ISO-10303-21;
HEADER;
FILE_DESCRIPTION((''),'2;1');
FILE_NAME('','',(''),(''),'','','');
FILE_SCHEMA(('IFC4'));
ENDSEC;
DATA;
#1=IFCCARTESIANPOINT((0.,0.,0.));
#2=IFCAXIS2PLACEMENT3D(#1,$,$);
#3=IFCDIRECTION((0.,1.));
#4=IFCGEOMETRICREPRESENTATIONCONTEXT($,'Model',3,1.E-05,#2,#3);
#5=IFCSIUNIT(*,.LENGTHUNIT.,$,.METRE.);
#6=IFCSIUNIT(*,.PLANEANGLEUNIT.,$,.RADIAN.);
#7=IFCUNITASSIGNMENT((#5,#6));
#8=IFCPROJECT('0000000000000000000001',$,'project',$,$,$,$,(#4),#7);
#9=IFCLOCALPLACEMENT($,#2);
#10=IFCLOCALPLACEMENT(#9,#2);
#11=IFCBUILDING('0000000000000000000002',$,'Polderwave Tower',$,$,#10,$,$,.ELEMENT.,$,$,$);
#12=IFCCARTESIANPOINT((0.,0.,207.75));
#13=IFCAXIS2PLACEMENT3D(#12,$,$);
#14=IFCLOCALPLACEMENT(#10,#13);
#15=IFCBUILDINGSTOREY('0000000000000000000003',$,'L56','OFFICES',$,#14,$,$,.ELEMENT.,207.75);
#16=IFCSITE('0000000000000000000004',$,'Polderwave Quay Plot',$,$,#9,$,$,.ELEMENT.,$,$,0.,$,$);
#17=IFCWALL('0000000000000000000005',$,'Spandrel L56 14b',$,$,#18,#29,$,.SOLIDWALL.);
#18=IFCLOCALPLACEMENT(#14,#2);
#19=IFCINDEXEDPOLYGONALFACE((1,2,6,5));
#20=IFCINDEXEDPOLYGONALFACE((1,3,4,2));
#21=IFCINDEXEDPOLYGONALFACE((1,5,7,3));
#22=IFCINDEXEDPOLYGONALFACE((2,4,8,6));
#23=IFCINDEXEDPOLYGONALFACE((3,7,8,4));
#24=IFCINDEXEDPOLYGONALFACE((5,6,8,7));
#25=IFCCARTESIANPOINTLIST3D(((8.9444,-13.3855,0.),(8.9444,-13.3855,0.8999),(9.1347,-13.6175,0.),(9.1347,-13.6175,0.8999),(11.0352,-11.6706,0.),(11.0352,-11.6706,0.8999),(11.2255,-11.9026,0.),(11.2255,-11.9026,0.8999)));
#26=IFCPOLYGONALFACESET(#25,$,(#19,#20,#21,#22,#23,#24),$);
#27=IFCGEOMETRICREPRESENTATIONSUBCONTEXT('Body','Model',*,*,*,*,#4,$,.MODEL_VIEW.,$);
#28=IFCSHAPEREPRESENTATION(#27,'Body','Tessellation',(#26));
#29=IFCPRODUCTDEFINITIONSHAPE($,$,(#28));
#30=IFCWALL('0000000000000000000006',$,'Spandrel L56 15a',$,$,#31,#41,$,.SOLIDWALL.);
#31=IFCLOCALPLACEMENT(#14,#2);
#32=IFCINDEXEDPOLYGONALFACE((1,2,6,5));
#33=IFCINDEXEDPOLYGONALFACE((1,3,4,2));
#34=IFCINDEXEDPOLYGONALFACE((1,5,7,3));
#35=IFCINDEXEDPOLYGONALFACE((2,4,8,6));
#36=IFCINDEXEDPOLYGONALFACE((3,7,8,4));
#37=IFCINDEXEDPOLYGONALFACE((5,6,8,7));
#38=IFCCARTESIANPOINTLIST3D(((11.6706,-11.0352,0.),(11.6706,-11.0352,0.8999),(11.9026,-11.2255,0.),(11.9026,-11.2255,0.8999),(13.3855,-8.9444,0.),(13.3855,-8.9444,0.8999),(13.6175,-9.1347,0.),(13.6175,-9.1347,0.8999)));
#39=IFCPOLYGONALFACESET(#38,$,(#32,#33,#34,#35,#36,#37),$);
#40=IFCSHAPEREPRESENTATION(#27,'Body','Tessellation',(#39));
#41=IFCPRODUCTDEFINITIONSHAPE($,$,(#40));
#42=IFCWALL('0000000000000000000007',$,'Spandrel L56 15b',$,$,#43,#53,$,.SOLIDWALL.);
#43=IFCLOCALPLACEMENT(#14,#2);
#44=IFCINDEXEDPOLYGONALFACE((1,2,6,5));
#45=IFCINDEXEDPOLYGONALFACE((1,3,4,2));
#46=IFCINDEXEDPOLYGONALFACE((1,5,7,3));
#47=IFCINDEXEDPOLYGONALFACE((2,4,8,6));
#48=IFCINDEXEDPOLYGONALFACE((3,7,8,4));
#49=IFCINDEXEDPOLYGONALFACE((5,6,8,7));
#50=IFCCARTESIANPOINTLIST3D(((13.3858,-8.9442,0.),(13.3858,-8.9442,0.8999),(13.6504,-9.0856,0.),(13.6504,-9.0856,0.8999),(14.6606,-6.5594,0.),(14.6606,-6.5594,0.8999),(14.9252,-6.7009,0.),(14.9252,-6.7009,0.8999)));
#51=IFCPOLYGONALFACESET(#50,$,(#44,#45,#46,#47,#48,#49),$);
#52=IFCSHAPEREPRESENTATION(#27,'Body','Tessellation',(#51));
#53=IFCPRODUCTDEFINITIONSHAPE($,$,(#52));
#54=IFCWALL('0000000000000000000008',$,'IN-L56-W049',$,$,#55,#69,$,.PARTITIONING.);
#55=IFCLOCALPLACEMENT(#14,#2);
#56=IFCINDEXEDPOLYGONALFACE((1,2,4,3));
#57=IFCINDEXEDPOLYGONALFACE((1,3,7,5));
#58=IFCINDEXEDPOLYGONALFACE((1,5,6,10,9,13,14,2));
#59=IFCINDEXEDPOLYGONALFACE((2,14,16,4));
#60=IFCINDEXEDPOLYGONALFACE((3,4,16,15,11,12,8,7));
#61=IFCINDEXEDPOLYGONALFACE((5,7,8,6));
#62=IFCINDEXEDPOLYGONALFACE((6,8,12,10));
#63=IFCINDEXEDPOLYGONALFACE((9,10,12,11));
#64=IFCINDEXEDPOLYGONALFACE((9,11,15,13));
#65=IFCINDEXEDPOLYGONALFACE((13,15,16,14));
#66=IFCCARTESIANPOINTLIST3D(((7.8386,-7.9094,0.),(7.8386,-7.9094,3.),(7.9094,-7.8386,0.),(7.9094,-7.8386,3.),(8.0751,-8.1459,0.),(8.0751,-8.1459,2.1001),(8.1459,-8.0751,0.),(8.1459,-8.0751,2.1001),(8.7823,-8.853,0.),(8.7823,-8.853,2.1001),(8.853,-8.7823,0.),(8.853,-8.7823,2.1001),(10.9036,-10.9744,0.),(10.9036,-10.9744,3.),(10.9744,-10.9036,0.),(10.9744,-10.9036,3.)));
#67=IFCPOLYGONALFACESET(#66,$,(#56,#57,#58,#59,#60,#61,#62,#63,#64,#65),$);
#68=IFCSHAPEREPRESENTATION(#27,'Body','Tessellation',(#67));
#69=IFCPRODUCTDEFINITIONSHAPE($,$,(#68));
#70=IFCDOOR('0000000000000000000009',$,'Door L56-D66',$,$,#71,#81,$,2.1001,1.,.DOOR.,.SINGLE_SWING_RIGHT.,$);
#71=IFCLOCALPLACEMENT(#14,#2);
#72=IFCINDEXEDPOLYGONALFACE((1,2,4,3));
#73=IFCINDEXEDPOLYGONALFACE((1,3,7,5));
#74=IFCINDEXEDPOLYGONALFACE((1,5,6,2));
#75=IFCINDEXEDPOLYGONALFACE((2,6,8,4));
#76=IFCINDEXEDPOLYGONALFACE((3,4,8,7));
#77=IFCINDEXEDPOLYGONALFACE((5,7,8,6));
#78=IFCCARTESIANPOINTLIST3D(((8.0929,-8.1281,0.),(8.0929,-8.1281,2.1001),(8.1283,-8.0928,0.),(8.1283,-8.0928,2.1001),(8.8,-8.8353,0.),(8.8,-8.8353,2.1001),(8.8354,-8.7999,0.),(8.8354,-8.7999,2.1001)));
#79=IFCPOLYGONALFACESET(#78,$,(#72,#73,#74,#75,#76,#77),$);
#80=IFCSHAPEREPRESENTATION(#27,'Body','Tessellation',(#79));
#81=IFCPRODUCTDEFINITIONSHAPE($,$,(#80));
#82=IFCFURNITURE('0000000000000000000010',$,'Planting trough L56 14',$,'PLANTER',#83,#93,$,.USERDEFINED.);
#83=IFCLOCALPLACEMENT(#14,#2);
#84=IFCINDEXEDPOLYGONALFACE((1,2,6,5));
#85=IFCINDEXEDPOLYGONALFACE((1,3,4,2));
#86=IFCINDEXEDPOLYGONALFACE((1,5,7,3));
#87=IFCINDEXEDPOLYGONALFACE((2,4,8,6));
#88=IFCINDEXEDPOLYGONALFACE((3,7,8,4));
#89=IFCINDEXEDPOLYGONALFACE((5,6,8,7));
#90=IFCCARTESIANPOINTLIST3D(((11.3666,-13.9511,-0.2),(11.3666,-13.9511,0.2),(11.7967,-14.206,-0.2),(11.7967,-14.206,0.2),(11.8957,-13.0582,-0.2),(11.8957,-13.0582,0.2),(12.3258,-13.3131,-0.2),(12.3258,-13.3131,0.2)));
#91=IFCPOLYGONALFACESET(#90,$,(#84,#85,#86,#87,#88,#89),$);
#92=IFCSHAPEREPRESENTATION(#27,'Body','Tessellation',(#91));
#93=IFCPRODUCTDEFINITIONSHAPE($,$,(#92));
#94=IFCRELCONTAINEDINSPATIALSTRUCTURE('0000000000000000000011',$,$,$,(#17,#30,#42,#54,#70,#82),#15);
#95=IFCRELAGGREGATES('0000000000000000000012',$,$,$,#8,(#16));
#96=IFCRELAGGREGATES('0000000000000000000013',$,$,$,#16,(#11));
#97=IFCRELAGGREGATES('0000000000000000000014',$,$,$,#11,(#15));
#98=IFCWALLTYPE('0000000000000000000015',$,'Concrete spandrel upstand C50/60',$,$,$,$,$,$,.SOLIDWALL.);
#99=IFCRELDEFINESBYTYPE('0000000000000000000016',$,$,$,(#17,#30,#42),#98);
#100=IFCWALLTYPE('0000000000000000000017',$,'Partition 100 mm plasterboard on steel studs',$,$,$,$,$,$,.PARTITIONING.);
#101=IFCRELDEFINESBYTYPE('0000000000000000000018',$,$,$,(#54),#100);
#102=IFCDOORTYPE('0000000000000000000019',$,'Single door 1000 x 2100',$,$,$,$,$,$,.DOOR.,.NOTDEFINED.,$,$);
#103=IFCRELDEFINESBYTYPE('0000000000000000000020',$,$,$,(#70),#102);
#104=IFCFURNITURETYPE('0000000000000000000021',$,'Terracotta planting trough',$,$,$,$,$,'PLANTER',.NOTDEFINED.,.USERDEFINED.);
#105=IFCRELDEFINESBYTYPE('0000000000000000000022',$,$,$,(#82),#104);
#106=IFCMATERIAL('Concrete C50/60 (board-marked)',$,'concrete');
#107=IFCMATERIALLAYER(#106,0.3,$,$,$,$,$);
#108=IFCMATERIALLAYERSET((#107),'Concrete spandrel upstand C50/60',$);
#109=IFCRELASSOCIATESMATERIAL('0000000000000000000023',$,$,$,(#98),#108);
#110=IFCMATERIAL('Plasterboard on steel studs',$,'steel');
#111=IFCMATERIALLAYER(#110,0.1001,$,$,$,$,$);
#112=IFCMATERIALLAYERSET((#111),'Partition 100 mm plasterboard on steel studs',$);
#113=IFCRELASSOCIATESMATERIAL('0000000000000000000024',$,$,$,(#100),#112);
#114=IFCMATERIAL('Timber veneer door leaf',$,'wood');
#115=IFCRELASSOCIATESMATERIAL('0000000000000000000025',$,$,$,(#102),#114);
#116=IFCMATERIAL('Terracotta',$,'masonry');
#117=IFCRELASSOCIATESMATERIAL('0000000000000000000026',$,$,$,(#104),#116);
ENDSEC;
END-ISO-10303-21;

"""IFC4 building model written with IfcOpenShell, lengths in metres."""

from ifc_helpers import new_model, si_unit, direction, frame, frame_2d, origin, origin_2d, place, context, subcontext, project, spatial, rectangle, extrude, material, layer, layer_set, type_object, element, fill, save


model = new_model("IFC4")

# Units and contexts
model_context = context("Model", 3, precision=1e-05, world=origin(), true_north=direction((0.0, 1.0)))
body_context = subcontext(model_context, "Body", "Model", "MODEL_VIEW")
ifc_project = project(units=[si_unit("LENGTHUNIT", "METRE"), si_unit("PLANEANGLEUNIT", "RADIAN")], contexts=[model_context])

# Site, building, storey
site_placement = place(None, origin())
site = spatial("IfcSite", under=ifc_project, at=site_placement, Name="Polderwave Quay Plot", CompositionType="ELEMENT", RefElevation=0.0)
building_placement = place(site_placement, origin())
building = spatial("IfcBuilding", under=site, at=building_placement, Name="Polderwave Tower", CompositionType="ELEMENT")
storey_placement = place(building_placement, frame((0.0, 0.0, 207.75)))
storey = spatial("IfcBuildingStorey", under=building, at=storey_placement, Name="L56", Description="OFFICES", CompositionType="ELEMENT", Elevation=207.75)

# Walls
ifc_material_1 = material(Name="Concrete C50/60 (board-marked)", Category="concrete")
ifc_layer_1 = layer(ifc_material_1, 0.3)
ifc_layer_set_1 = layer_set([ifc_layer_1], Name="Concrete spandrel upstand C50/60")
wall_type_1 = type_object("IfcWallType", Name="Concrete spandrel upstand C50/60", PredefinedType="SOLIDWALL", material=ifc_layer_set_1)
for number, where, z_axis, x_axis, name in (
    (1, (9.0396, -13.5015, 0.0), (0.0, 0.0, 1.0), (0.7732, 0.634162, 0.0), "Spandrel L56 14b"),
    (2, (11.7866, -11.1304, 0.0), (0.0, 0.0, 1.0), (0.634162, 0.7732, 0.0), "Spandrel L56 15a"),
    (3, (13.5181, -9.0149, 0.0), (0.0, 0.0, 1.0), (0.47146, 0.881888, 0.0), "Spandrel L56 15b"),
):
    element("IfcWall", number, at=place(storey_placement, frame(where, z_axis=z_axis, x_axis=x_axis)), inside=storey, type_object=wall_type_1, Name=name, PredefinedType="SOLIDWALL", context=body_context, shape_type="SweptSolid", body=[
        extrude(rectangle(XDim=2.7041, YDim=0.3, at=frame_2d((1.3521, 0.0))), origin(), (0.0, 0.0, 1.0), 0.8999),
    ])

# Wall, opening, door
ifc_material_2 = material(Name="Plasterboard on steel studs", Category="steel")
ifc_layer_2 = layer(ifc_material_2, 0.1001)
ifc_layer_set_2 = layer_set([ifc_layer_2], Name="Partition 100 mm plasterboard on steel studs")
wall_type_2 = type_object("IfcWallType", Name="Partition 100 mm plasterboard on steel studs", PredefinedType="PARTITIONING", material=ifc_layer_set_2)
wall_placement = place(storey_placement, frame((10.939, -10.939, 0.0), z_axis=(0.0, 0.0, 1.0), x_axis=(-0.707107, 0.707107, 0.0)))
wall = element("IfcWall", 4, at=wall_placement, inside=storey, type_object=wall_type_2, Name="IN-L56-W049", PredefinedType="PARTITIONING", context=body_context, shape_type="SweptSolid", body=[
    extrude(rectangle(XDim=4.3345, YDim=0.1001, at=frame_2d((2.1672, 0.0))), origin(), (0.0, 0.0, 1.0), 3.0),
])
opening_placement = place(wall_placement, frame((3.0, 0.0, 0.0)))
opening = element("IfcOpeningElement", 5, at=opening_placement, cuts=wall, PredefinedType="OPENING", context=body_context, shape_type="SweptSolid", body=[
    extrude(rectangle(XDim=1.0, YDim=2.1001, at=frame_2d((0.5, 1.05))), frame((0.0, 0.0601, 0.0), z_axis=(0.0, -1.0, 0.0), x_axis=(1.0, 0.0, 0.0)), (0.0, 0.0, 1.0), 0.1201),
])
ifc_material_3 = material(Name="Timber veneer door leaf", Category="wood")
door_type = type_object("IfcDoorType", Name="Single door 1000 x 2100", OperationType="NOTDEFINED", PredefinedType="DOOR", material=ifc_material_3)
door_placement = place(opening_placement, origin())
door = element("IfcDoor", 6, at=door_placement, inside=storey, type_object=door_type, Name="Door L56-D66", OperationType="SINGLE_SWING_RIGHT", OverallHeight=2.1001, OverallWidth=1.0, PredefinedType="DOOR", context=body_context, shape_type="SweptSolid", body=[
    extrude(rectangle(XDim=1.0, YDim=2.1001, at=frame_2d((0.5, 1.05))), frame((0.0, 0.0249, 0.0), z_axis=(0.0, -1.0, 0.0), x_axis=(1.0, 0.0, 0.0)), (0.0, 0.0, 1.0), 0.05),
])
fill(opening, door)

# Furniture
ifc_material_4 = material(Name="Terracotta", Category="masonry")
furniture_type = type_object("IfcFurnitureType", Name="Terracotta planting trough", ElementType="PLANTER", AssemblyPlace="NOTDEFINED", PredefinedType="USERDEFINED", material=ifc_material_4)
furniture_placement = place(storey_placement, frame((11.8462, -13.6321, -0.2), z_axis=(0.0, 0.0, 1.0), x_axis=(0.509795, 0.860296, 0.0)))
element("IfcFurniture", 7, at=furniture_placement, inside=storey, type_object=furniture_type, Name="Planting trough L56 14", ObjectType="PLANTER", PredefinedType="USERDEFINED", context=body_context, shape_type="SweptSolid", body=[
    extrude(rectangle(XDim=1.0378, YDim=0.5, at=origin_2d()), origin(), (0.0, 0.0, 1.0), 0.3999),
])

save(model, "model.ifc")
